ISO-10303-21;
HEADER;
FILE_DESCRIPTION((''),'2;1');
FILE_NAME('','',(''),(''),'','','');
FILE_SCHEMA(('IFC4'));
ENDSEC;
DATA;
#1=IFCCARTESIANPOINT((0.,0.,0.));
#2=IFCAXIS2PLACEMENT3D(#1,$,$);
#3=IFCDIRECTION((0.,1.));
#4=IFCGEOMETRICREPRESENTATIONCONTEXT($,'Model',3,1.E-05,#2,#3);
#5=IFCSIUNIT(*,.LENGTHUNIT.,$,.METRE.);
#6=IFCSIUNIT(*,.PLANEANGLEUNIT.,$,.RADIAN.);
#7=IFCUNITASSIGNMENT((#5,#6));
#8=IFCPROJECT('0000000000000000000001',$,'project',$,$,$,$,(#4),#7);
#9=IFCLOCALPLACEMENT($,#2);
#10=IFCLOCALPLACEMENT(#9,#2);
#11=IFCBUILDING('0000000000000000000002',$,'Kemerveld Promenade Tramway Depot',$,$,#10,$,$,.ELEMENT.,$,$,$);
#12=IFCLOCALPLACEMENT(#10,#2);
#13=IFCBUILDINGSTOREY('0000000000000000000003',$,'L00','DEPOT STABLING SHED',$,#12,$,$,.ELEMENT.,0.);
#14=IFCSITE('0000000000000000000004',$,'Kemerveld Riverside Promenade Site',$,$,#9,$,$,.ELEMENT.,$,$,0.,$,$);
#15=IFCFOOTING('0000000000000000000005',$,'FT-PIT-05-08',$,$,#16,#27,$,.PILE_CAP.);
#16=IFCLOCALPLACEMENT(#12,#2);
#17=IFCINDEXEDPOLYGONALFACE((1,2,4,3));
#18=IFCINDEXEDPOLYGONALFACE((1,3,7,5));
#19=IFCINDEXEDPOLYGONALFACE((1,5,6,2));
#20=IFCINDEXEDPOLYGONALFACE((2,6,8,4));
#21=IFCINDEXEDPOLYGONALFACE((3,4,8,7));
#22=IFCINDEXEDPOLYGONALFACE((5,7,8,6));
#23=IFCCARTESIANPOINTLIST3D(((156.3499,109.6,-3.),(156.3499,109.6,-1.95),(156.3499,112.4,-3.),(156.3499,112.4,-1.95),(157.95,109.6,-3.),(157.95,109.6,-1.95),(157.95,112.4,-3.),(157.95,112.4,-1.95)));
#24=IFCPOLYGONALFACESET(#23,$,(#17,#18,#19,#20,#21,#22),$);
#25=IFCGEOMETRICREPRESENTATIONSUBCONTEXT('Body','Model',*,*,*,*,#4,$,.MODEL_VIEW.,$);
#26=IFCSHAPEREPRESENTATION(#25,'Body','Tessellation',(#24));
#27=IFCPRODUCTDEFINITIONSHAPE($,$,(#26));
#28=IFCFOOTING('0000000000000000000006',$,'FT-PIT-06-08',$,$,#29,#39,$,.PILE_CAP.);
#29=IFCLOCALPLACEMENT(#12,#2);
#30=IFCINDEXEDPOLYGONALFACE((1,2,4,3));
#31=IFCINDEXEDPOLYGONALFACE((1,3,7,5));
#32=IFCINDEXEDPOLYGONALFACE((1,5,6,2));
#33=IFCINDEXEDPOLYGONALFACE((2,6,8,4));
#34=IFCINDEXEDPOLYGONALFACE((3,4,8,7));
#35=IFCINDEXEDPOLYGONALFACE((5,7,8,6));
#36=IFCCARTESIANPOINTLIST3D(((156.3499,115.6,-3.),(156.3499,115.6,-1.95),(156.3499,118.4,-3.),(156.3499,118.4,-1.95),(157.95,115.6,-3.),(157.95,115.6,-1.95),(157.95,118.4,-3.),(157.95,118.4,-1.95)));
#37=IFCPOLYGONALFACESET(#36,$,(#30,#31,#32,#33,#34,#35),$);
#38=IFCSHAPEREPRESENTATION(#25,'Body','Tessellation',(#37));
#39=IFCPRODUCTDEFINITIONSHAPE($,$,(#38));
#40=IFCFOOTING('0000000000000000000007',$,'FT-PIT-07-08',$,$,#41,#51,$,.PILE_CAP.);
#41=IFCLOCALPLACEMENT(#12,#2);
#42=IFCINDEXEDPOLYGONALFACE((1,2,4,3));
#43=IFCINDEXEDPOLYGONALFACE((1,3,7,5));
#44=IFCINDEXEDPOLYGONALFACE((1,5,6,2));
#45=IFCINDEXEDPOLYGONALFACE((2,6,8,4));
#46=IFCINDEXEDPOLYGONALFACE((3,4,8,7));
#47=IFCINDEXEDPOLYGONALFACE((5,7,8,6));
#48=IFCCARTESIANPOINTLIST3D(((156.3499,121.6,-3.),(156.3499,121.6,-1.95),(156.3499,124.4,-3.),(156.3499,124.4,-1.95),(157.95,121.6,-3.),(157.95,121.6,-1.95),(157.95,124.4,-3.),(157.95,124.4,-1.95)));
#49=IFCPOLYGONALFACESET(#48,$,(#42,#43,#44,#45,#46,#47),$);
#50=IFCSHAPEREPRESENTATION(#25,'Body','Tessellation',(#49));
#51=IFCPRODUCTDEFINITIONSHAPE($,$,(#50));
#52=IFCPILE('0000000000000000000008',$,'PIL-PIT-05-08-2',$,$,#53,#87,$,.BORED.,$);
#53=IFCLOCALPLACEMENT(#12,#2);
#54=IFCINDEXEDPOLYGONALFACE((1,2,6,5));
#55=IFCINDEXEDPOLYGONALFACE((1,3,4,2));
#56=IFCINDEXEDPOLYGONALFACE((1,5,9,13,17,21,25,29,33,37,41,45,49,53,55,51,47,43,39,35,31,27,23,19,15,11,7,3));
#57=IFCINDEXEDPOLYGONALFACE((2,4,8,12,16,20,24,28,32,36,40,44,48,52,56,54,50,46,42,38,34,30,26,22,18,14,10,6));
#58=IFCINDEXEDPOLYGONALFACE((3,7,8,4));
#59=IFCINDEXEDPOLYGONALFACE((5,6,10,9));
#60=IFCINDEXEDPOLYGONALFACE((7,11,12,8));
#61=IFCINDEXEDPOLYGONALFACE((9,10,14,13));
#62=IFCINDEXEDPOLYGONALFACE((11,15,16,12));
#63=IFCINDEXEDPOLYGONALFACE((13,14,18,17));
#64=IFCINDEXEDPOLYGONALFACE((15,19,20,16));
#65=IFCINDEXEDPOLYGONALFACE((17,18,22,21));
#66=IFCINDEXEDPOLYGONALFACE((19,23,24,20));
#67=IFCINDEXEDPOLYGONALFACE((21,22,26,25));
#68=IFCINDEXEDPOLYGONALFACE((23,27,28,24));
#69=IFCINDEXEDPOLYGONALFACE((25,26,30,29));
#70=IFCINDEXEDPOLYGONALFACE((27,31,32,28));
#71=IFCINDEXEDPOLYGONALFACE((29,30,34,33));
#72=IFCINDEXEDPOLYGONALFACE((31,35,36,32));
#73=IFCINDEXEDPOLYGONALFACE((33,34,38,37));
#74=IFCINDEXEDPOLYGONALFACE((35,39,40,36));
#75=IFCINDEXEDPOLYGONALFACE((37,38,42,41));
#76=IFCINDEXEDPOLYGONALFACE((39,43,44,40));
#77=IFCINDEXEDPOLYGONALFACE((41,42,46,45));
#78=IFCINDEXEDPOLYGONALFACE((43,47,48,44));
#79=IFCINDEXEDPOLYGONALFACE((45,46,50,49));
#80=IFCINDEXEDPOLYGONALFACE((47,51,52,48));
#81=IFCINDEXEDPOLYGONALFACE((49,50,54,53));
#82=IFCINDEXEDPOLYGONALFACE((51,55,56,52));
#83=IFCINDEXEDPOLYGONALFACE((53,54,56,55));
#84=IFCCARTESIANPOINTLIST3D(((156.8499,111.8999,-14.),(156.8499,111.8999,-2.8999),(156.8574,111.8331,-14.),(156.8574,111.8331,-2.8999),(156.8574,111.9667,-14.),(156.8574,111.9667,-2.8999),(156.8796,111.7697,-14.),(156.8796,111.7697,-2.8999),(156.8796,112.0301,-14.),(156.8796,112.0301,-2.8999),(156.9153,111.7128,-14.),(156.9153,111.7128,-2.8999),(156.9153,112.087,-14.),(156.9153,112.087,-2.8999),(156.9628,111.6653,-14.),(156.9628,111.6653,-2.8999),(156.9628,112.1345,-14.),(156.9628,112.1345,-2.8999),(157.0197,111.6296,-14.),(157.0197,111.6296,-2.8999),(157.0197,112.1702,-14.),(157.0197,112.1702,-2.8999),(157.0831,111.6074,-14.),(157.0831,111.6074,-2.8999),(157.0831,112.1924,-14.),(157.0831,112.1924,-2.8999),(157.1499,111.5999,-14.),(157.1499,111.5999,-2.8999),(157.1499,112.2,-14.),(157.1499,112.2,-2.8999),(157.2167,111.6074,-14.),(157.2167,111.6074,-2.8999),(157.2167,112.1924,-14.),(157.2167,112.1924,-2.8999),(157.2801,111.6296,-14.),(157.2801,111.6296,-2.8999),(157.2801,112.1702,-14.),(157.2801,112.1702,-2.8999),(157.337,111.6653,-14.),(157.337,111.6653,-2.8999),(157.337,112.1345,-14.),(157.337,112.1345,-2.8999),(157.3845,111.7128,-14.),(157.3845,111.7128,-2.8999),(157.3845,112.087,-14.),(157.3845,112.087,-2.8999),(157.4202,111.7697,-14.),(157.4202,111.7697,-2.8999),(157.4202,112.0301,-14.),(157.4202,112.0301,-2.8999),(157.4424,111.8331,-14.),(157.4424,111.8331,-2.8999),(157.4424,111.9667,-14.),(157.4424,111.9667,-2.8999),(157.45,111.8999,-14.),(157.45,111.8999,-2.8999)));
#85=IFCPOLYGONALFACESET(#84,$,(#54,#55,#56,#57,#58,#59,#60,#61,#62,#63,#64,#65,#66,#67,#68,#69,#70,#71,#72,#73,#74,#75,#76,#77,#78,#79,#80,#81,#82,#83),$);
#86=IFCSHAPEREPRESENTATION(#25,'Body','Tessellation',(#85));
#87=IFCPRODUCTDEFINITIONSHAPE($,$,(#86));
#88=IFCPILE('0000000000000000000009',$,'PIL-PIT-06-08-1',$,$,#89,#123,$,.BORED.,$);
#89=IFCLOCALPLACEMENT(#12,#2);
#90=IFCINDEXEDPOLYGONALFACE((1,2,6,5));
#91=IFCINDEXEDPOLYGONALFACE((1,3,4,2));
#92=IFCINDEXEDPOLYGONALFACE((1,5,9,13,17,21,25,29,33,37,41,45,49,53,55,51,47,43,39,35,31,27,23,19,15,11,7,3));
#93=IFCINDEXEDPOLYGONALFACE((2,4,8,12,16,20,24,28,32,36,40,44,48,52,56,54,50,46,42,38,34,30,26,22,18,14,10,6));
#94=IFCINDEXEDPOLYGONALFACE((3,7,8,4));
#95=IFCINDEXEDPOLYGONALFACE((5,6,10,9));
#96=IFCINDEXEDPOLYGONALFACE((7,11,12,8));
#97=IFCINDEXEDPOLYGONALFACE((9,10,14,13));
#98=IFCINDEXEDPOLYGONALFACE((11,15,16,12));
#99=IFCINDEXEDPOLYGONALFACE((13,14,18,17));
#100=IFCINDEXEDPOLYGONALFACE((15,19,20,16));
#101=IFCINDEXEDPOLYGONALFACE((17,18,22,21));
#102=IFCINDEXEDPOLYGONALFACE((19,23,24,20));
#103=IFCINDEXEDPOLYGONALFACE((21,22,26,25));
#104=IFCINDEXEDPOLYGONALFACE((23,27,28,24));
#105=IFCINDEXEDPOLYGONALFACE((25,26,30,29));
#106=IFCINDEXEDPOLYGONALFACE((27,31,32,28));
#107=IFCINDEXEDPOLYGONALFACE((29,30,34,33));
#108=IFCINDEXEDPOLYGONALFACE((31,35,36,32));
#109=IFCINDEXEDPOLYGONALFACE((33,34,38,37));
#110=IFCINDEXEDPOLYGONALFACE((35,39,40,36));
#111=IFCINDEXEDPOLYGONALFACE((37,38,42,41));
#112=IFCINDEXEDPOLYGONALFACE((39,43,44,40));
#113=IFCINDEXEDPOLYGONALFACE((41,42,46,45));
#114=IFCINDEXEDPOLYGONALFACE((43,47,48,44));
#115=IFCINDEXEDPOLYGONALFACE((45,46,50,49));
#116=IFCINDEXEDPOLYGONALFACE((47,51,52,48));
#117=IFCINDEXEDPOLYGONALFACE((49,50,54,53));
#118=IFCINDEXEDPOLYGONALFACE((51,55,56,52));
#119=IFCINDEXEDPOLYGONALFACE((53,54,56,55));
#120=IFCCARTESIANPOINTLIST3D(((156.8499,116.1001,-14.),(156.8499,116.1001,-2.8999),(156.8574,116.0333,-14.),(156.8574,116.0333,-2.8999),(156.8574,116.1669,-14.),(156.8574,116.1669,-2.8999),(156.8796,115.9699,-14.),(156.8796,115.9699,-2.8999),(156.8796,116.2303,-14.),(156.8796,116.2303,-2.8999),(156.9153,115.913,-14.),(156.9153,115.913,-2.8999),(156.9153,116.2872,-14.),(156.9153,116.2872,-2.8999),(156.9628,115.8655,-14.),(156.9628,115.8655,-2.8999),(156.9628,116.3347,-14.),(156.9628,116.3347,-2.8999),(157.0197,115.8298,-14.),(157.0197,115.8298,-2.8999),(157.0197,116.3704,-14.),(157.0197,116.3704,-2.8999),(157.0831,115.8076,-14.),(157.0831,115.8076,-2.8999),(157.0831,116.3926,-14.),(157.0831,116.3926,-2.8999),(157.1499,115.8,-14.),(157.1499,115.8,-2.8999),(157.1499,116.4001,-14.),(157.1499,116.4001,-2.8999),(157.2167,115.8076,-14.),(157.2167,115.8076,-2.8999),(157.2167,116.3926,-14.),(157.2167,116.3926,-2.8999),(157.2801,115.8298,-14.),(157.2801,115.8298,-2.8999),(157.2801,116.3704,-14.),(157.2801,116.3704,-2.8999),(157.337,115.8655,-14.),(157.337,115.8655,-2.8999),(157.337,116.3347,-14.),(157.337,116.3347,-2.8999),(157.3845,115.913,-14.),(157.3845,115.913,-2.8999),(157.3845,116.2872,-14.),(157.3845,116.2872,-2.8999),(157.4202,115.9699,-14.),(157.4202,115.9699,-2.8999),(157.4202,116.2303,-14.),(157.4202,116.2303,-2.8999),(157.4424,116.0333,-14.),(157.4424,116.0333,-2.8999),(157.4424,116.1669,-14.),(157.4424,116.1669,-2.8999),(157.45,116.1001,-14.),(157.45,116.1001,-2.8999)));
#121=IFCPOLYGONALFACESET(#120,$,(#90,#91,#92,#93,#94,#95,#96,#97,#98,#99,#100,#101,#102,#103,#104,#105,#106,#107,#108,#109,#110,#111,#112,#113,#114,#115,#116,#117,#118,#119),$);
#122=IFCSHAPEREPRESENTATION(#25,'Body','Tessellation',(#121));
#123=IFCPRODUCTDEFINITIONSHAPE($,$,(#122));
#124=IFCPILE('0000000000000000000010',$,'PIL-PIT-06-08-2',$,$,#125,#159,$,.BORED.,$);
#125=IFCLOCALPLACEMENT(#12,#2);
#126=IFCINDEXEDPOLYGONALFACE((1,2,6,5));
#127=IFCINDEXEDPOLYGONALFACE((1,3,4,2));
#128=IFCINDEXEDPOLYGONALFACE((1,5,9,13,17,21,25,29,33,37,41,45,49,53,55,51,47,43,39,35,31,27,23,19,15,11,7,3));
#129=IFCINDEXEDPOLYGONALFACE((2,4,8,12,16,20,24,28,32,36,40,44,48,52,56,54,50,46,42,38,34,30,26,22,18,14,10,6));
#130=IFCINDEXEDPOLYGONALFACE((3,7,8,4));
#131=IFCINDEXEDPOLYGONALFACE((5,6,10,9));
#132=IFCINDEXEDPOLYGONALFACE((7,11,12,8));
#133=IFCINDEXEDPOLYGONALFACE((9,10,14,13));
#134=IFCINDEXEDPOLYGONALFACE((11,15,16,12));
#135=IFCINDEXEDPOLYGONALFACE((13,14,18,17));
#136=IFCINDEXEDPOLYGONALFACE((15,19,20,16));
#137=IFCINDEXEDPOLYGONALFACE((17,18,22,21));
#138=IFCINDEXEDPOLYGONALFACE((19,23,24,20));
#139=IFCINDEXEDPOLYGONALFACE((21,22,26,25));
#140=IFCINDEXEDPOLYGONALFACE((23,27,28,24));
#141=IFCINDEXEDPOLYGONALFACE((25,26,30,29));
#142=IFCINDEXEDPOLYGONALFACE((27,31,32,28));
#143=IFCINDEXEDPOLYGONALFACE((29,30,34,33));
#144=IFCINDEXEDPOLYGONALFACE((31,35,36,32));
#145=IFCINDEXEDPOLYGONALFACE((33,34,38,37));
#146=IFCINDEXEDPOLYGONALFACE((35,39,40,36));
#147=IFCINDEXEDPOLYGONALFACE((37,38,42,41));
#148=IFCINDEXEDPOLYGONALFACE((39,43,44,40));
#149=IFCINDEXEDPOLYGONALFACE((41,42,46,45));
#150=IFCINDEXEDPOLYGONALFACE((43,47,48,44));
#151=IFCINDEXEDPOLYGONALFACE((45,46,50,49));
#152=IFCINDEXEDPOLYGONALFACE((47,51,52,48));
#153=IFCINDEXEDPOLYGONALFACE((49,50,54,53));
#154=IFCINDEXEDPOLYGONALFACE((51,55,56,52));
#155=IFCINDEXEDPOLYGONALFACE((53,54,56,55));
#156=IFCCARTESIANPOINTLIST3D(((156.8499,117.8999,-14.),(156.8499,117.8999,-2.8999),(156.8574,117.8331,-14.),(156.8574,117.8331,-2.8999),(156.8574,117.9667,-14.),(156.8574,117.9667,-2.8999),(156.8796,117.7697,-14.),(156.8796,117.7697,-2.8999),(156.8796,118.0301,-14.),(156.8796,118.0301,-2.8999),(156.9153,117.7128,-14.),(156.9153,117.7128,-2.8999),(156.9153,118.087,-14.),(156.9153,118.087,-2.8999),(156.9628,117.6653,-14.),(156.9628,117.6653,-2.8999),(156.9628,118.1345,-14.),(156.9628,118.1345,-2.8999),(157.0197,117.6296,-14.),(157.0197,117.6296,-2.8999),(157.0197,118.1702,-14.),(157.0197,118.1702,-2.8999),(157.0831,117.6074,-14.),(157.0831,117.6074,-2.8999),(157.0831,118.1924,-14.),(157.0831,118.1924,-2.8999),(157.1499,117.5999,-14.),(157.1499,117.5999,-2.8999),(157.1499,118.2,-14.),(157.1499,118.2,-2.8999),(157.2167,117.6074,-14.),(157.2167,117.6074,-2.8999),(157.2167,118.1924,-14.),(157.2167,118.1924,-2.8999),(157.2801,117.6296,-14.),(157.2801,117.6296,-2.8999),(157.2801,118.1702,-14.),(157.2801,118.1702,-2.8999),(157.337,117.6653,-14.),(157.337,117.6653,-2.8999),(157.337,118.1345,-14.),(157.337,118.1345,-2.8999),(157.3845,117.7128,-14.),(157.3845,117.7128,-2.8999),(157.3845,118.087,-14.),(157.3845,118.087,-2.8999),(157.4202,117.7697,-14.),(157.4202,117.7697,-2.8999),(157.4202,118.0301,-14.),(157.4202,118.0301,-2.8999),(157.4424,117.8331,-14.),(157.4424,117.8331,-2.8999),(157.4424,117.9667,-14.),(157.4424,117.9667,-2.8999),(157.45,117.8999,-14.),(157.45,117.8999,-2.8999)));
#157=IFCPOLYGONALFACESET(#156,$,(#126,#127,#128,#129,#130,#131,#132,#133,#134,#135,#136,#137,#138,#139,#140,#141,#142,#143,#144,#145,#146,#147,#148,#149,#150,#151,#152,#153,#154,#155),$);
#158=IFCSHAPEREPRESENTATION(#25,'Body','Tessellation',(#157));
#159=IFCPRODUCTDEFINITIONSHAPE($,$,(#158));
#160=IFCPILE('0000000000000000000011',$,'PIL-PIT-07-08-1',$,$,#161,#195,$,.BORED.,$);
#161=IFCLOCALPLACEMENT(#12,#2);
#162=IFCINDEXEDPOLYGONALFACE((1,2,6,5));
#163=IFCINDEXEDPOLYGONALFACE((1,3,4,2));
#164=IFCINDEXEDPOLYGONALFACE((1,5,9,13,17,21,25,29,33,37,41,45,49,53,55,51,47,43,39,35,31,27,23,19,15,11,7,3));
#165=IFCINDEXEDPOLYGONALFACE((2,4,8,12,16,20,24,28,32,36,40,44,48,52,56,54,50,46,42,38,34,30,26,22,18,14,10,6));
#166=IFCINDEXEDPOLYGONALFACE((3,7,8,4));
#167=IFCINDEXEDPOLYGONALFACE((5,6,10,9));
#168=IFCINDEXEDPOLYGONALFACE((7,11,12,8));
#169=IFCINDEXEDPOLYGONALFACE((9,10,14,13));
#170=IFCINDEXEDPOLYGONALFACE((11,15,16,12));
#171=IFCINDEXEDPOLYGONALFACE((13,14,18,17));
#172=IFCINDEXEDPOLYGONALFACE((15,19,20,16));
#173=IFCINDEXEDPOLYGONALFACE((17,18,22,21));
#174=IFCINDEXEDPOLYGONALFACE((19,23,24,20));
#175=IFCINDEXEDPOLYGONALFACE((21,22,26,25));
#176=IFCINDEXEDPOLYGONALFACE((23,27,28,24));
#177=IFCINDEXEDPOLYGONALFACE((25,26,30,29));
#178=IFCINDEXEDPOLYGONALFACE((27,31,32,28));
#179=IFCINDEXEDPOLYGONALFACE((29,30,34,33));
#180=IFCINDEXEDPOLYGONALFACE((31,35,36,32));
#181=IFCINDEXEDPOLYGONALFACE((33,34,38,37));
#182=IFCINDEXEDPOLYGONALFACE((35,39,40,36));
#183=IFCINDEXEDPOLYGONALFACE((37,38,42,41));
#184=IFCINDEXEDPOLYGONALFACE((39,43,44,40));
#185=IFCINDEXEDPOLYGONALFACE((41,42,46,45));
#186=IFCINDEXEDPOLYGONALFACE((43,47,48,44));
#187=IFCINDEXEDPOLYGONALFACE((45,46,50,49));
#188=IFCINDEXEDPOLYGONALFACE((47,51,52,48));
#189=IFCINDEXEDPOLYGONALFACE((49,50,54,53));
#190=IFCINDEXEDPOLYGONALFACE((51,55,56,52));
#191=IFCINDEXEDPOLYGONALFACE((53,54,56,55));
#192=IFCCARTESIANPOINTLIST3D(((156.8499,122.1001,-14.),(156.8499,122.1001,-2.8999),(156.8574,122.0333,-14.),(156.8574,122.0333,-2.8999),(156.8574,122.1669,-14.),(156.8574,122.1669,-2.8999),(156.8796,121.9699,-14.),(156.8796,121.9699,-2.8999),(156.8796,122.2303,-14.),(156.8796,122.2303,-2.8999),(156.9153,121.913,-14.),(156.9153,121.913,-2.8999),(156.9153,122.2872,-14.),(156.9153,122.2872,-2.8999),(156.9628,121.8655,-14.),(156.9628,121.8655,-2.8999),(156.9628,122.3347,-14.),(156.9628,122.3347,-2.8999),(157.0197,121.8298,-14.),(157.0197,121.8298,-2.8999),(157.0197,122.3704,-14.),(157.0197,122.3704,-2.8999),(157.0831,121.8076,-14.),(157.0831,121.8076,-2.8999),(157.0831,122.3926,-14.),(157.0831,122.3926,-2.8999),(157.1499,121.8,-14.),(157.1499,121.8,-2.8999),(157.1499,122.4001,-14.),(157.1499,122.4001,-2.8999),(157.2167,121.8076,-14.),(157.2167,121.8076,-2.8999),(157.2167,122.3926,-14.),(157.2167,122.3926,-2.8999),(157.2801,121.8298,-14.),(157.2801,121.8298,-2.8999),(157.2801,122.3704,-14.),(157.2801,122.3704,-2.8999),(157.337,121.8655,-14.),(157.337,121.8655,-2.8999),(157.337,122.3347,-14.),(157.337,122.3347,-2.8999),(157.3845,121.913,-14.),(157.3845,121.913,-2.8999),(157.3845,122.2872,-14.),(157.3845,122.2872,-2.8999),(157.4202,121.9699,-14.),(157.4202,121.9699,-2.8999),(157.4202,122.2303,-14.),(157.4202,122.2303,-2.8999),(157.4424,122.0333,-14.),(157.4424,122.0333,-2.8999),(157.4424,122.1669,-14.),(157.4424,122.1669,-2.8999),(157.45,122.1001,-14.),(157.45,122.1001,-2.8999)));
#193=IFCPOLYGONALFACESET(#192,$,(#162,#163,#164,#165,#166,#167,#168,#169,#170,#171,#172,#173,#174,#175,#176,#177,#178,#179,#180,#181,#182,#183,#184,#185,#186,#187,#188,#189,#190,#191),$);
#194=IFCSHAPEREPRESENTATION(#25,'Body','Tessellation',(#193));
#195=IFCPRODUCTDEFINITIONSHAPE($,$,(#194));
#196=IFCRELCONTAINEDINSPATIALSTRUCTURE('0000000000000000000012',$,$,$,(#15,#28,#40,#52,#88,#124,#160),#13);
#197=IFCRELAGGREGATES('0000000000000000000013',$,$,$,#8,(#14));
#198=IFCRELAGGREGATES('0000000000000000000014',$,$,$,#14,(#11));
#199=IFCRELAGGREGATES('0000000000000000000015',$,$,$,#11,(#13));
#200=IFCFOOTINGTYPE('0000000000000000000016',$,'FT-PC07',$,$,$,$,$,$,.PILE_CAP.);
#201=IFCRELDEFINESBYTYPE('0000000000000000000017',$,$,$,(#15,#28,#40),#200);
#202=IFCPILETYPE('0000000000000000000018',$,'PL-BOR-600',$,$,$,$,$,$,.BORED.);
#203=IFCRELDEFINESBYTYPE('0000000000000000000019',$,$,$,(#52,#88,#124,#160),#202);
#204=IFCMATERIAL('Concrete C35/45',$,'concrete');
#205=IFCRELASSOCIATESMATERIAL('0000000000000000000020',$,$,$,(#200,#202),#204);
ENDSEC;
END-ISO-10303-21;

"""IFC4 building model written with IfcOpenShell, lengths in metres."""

from ifc_helpers import new_model, si_unit, direction, frame, origin, origin_2d, place, context, subcontext, project, spatial, rectangle, circle, extrude, material, material_profile, profile_set, type_object, element, save


model = new_model("IFC4")

# Units and contexts
model_context = context("Model", 3, precision=1e-05, world=origin(), true_north=direction((0.0, 1.0)))
body_context = subcontext(model_context, "Body", "Model", "MODEL_VIEW")
ifc_project = project(units=[si_unit("LENGTHUNIT", "METRE"), si_unit("PLANEANGLEUNIT", "RADIAN")], contexts=[model_context])

# Site, building, storey
site_placement = place(None, origin())
site = spatial("IfcSite", under=ifc_project, at=site_placement, Name="Kemerveld Riverside Promenade Site", CompositionType="ELEMENT", RefElevation=0.0)
building_placement = place(site_placement, origin())
building = spatial("IfcBuilding", under=site, at=building_placement, Name="Kemerveld Promenade Tramway Depot", CompositionType="ELEMENT")
storey_placement = place(building_placement, origin())
storey = spatial("IfcBuildingStorey", under=building, at=storey_placement, Name="L00", Description="DEPOT STABLING SHED", CompositionType="ELEMENT", Elevation=0.0)

# Footings
ifc_material_1 = material(Name="Concrete C35/45", Category="concrete")
footing_type = type_object("IfcFootingType", Name="FT-PC07", PredefinedType="PILE_CAP", material=ifc_material_1)
for number, where, z_axis, x_axis, name in (
    (1, (157.1499, 111.0, -3.0), (0.0, 0.0, 1.0), (1.0, 0.0, 0.0), "FT-PIT-05-08"),
    (2, (157.1499, 117.0, -3.0), (0.0, 0.0, 1.0), (1.0, 0.0, 0.0), "FT-PIT-06-08"),
    (3, (157.1499, 123.0, -3.0), (0.0, 0.0, 1.0), (1.0, 0.0, 0.0), "FT-PIT-07-08"),
):
    element("IfcFooting", number, at=place(storey_placement, frame(where, z_axis=z_axis, x_axis=x_axis)), inside=storey, type_object=footing_type, Name=name, PredefinedType="PILE_CAP", context=body_context, shape_type="SweptSolid", body=[
        extrude(rectangle(XDim=1.6001, YDim=2.8, at=origin_2d()), origin(), (0.0, 0.0, 1.0), 1.05),
    ])

# Piles
ifc_material_profile_1 = material_profile(ifc_material_1, circle(Radius=0.3, at=origin_2d()), Name="PILE-D600")
ifc_profile_set_1 = profile_set([ifc_material_profile_1], Name="Concrete C35/45")
pile_type = type_object("IfcPileType", Name="PL-BOR-600", PredefinedType="BORED", material=ifc_profile_set_1)
for number, where, z_axis, x_axis, name in (
    (4, (157.1499, 111.8999, -2.8999), (0.0, 0.0, -1.0), (1.0, 0.0, 0.0), "PIL-PIT-05-08-2"),
    (5, (157.1499, 116.1001, -2.8999), (0.0, 0.0, -1.0), (1.0, 0.0, 0.0), "PIL-PIT-06-08-1"),
    (6, (157.1499, 117.8999, -2.8999), (0.0, 0.0, -1.0), (1.0, 0.0, 0.0), "PIL-PIT-06-08-2"),
    (7, (157.1499, 122.1001, -2.8999), (0.0, 0.0, -1.0), (1.0, 0.0, 0.0), "PIL-PIT-07-08-1"),
):
    element("IfcPile", number, at=place(storey_placement, frame(where, z_axis=z_axis, x_axis=x_axis)), inside=storey, type_object=pile_type, Name=name, PredefinedType="BORED", context=body_context, shape_type="SweptSolid", body=[
        extrude(circle(Radius=0.3, at=origin_2d()), origin(), (0.0, 0.0, 1.0), 11.1001),
    ])

save(model, "model.ifc")
